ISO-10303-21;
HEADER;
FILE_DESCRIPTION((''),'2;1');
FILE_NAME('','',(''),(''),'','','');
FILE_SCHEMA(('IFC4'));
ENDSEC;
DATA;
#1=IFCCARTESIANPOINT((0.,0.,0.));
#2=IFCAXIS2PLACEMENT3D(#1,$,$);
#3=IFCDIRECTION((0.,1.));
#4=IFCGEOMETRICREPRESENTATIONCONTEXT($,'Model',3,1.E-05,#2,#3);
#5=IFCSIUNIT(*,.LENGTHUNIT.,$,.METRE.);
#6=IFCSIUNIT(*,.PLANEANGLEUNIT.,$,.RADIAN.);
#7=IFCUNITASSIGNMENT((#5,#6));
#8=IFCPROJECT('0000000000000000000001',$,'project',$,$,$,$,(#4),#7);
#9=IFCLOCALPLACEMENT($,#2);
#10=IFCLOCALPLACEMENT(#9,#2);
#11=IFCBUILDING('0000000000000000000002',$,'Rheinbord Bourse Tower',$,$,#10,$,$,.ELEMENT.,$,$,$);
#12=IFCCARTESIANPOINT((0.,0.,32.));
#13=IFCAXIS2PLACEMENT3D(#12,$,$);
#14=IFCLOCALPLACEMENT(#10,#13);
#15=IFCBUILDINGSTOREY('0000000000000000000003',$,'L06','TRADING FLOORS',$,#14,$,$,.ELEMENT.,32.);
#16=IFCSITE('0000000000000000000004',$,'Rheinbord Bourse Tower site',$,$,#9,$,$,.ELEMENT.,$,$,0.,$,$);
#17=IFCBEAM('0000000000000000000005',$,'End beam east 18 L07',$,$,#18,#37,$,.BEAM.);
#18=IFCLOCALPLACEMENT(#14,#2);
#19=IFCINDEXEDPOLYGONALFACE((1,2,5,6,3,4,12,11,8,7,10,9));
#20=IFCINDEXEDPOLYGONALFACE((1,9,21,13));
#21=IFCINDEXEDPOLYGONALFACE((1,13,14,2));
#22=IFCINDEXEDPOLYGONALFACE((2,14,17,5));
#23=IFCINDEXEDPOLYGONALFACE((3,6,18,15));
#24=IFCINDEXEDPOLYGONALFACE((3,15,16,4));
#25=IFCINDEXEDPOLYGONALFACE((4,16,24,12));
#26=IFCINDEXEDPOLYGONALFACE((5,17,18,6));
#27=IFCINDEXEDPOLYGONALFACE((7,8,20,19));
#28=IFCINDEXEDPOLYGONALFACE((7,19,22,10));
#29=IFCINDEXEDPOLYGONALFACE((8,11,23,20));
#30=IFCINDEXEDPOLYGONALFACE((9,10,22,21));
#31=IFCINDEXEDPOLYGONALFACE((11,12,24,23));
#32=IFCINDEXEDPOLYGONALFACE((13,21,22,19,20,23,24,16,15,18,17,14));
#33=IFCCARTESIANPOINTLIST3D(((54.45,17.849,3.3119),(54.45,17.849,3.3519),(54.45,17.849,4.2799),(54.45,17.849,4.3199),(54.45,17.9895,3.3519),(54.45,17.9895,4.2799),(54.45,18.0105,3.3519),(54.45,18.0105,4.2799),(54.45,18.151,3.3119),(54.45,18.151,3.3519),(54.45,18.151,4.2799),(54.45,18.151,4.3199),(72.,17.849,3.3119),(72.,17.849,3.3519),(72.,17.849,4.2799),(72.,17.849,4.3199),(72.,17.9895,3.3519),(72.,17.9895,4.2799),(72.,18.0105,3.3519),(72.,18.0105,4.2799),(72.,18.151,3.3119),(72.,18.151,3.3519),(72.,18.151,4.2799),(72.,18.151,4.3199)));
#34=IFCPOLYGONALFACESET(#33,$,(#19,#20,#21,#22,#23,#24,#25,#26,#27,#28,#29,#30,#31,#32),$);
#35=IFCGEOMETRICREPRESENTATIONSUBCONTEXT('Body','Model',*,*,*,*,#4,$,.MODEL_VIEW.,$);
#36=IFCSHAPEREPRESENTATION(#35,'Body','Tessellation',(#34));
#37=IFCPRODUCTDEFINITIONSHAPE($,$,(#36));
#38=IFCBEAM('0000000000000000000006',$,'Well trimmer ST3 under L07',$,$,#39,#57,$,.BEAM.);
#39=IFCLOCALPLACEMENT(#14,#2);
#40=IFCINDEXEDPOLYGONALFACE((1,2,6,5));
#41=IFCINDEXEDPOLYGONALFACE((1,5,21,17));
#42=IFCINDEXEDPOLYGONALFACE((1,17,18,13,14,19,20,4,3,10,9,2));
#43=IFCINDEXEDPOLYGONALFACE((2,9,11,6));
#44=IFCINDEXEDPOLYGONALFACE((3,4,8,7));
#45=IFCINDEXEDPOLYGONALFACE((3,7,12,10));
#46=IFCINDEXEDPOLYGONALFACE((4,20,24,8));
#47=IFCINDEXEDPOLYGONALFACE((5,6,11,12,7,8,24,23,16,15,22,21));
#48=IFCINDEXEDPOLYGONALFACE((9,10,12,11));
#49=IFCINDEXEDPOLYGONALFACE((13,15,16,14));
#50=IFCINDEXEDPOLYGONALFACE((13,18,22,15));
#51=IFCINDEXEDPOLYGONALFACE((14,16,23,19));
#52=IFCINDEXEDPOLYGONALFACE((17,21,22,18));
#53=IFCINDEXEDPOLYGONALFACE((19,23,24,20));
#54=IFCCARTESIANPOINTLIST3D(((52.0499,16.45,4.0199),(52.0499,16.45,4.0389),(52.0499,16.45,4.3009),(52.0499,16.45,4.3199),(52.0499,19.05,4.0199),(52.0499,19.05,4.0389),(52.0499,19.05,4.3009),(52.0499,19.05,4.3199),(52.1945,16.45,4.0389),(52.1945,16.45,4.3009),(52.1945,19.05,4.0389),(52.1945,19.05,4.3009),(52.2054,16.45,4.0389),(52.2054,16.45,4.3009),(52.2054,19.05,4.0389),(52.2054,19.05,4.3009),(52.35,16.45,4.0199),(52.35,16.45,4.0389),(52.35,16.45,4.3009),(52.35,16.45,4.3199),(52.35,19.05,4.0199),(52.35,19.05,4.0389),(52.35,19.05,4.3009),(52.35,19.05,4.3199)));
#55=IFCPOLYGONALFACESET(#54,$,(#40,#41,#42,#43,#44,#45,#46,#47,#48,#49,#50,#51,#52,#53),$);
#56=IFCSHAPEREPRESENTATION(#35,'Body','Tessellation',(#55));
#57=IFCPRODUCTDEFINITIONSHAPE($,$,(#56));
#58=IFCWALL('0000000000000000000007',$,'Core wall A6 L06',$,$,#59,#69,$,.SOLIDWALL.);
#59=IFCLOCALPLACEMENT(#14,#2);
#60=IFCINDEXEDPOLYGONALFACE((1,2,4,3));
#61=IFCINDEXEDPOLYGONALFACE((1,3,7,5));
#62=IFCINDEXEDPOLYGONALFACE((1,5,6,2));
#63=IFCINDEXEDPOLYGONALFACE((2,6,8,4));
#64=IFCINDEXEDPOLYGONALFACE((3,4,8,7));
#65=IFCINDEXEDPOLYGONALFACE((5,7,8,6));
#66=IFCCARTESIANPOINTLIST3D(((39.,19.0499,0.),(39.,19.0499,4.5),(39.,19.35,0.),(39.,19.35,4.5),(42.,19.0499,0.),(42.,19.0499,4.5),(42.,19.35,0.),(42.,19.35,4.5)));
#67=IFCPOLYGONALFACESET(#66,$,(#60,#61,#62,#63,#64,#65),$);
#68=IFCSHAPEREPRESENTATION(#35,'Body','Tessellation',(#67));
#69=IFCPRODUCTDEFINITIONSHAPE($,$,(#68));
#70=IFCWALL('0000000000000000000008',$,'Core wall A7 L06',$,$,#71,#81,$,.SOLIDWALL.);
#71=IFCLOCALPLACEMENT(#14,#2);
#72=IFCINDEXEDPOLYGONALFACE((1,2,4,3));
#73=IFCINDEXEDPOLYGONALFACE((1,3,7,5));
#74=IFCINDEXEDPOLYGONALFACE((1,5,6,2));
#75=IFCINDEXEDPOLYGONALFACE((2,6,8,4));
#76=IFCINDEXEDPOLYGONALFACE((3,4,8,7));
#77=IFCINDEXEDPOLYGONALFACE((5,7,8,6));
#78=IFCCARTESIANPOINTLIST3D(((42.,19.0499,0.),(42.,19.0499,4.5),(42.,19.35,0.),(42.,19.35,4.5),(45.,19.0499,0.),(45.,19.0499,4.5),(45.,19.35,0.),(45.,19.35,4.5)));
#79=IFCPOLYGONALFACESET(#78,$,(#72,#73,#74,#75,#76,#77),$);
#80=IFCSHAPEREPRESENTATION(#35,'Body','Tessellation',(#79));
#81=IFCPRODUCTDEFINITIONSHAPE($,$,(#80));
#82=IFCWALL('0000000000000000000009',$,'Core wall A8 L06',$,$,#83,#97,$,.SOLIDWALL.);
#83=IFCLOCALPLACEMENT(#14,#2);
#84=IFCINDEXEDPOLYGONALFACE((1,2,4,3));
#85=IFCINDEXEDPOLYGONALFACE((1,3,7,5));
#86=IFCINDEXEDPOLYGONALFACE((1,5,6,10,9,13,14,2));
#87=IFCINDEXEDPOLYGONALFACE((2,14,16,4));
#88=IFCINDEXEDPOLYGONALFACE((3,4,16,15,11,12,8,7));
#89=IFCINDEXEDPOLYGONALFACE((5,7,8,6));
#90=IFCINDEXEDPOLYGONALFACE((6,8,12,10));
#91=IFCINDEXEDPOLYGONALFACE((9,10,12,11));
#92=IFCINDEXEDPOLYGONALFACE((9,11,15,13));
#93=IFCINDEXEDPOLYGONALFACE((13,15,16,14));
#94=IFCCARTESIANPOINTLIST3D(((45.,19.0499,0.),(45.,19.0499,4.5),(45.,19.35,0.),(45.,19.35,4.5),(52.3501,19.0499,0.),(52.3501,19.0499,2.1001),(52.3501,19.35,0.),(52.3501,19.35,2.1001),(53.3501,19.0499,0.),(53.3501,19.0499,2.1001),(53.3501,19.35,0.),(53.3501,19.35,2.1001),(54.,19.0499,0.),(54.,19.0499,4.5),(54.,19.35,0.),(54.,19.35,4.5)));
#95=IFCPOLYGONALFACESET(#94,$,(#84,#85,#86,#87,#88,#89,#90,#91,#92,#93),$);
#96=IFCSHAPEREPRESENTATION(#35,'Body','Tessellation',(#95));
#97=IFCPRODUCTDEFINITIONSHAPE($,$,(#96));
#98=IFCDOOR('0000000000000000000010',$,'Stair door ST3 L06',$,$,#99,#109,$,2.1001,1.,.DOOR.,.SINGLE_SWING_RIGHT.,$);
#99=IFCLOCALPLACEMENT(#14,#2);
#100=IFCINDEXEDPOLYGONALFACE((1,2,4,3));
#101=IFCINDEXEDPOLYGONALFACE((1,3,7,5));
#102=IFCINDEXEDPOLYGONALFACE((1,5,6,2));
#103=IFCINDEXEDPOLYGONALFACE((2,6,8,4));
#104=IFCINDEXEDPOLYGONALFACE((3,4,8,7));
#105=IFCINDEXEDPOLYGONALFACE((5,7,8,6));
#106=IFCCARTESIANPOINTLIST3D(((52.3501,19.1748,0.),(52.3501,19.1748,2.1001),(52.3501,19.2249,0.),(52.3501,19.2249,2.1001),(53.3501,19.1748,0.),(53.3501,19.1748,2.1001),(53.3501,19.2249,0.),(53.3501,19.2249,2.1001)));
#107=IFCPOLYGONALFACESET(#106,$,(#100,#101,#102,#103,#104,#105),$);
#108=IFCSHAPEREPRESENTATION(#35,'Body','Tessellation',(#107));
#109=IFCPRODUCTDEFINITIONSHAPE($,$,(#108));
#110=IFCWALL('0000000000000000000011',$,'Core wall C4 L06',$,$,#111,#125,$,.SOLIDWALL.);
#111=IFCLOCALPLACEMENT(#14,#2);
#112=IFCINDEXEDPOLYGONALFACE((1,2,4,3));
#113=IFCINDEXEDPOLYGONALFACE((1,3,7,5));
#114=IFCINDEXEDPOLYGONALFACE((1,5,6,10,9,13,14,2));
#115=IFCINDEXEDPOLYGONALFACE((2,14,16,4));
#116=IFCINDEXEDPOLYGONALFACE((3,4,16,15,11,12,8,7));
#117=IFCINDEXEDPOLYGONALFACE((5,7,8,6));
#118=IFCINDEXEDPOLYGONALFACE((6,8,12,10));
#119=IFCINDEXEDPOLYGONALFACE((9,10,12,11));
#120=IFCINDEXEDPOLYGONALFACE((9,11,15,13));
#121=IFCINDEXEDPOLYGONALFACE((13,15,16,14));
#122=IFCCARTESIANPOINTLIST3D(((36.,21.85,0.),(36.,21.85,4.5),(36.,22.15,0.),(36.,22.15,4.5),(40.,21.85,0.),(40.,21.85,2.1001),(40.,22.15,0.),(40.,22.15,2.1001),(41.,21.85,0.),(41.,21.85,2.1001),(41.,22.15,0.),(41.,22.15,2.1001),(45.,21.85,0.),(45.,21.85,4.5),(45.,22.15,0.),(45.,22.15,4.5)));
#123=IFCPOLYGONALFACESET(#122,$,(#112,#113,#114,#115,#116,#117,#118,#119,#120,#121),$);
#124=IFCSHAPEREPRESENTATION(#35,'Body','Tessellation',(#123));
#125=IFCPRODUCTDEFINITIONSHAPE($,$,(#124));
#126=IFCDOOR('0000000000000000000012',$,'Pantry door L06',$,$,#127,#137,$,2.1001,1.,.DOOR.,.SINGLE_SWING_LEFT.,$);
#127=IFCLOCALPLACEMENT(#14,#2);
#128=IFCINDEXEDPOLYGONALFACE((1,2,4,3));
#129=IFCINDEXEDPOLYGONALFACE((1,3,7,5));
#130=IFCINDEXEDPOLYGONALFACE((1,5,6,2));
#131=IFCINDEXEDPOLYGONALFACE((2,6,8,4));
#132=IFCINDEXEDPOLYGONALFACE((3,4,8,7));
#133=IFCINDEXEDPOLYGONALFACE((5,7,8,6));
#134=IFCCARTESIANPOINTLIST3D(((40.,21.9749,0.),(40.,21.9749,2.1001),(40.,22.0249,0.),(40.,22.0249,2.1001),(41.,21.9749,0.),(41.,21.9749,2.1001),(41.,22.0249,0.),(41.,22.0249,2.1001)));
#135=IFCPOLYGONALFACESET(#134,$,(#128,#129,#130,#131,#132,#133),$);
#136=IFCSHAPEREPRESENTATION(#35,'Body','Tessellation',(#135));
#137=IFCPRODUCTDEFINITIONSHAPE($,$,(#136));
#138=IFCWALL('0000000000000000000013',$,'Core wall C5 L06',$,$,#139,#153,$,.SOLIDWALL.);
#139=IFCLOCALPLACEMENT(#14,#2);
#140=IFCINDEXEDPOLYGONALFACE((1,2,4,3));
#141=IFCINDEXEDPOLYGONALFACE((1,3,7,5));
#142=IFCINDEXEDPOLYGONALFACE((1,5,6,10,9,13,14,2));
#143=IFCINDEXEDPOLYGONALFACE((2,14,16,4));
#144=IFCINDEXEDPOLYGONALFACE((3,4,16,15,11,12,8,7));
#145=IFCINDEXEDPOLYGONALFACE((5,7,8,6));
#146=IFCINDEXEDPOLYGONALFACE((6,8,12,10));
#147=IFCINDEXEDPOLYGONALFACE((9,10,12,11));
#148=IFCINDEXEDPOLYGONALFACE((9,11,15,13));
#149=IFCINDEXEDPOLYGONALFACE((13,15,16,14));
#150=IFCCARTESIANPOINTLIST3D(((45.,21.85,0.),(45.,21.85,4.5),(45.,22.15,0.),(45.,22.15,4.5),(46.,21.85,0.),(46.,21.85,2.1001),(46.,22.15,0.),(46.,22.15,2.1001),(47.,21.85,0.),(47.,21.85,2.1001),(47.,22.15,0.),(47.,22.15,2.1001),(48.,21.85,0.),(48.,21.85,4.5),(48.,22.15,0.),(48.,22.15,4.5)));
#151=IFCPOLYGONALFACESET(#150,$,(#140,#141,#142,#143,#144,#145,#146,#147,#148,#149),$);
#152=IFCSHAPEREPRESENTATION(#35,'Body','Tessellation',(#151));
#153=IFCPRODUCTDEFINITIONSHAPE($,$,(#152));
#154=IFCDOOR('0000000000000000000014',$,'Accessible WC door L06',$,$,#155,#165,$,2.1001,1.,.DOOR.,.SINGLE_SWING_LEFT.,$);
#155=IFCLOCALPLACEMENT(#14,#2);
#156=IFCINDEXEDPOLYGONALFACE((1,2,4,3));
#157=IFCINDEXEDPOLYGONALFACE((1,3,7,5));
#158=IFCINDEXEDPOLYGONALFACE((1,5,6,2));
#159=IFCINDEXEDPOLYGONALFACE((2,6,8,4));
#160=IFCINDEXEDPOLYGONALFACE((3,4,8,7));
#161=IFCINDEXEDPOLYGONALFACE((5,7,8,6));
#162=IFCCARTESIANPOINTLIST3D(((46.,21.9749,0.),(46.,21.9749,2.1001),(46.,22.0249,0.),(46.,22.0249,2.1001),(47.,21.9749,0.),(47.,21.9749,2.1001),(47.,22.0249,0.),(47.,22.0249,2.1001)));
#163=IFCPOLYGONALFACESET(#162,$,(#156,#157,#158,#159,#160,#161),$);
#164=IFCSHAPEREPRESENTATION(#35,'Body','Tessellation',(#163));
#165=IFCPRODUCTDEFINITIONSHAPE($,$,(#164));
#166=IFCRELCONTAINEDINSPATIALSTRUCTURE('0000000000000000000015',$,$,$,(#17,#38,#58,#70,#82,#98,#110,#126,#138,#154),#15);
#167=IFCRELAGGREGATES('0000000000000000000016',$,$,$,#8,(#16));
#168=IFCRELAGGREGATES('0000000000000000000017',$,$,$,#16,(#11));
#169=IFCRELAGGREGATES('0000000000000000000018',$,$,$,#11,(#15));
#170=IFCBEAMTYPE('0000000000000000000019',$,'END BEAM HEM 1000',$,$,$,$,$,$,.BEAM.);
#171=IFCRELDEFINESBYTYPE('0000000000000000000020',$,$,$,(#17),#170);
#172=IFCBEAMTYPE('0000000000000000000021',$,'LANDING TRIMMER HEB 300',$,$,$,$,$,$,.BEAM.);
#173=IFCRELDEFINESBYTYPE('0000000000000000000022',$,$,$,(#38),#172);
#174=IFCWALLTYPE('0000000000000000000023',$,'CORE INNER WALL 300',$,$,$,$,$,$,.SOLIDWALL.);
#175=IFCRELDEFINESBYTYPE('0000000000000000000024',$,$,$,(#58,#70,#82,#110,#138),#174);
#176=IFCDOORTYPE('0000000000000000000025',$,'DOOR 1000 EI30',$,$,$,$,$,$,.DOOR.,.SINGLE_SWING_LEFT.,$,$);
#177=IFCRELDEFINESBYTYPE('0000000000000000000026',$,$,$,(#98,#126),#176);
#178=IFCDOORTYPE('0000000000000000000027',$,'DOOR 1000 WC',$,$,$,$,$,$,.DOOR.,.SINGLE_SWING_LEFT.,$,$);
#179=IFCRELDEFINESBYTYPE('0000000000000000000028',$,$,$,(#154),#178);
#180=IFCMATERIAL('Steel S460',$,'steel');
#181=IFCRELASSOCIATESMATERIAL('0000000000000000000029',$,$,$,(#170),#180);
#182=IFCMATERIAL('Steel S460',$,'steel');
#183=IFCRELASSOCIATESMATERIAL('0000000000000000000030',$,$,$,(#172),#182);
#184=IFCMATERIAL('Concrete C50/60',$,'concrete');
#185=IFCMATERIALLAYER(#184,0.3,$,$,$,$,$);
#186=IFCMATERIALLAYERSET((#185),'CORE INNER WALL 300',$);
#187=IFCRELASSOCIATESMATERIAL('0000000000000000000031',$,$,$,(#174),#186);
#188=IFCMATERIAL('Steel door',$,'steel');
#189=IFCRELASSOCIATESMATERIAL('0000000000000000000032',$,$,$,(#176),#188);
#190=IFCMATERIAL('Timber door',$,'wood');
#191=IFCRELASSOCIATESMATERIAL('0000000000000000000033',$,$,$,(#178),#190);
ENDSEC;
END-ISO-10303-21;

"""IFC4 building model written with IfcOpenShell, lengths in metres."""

from ifc_helpers import new_model, si_unit, direction, frame, frame_2d, origin, origin_2d, place, context, subcontext, project, spatial, rectangle, i_section, extrude, material, layer, layer_set, material_profile, profile_set, type_object, element, fill, save


model = new_model("IFC4")

# Units and contexts
model_context = context("Model", 3, precision=1e-05, world=origin(), true_north=direction((0.0, 1.0)))
body_context = subcontext(model_context, "Body", "Model", "MODEL_VIEW")
ifc_project = project(units=[si_unit("LENGTHUNIT", "METRE"), si_unit("PLANEANGLEUNIT", "RADIAN")], contexts=[model_context])

# Site, building, storey
site_placement = place(None, origin())
site = spatial("IfcSite", under=ifc_project, at=site_placement, Name="Rheinbord Bourse Tower site", CompositionType="ELEMENT", RefElevation=0.0)
building_placement = place(site_placement, origin())
building = spatial("IfcBuilding", under=site, at=building_placement, Name="Rheinbord Bourse Tower", CompositionType="ELEMENT")
storey_placement = place(building_placement, frame((0.0, 0.0, 32.0)))
storey = spatial("IfcBuildingStorey", under=building, at=storey_placement, Name="L06", Description="TRADING FLOORS", CompositionType="ELEMENT", Elevation=32.0)

# Beams
ifc_material_1 = material(Name="Steel S460", Category="steel")
ifc_material_profile_1 = material_profile(ifc_material_1, i_section(OverallWidth=0.302, OverallDepth=1.0081, WebThickness=0.021, FlangeThickness=0.04, at=origin_2d()), Name="HEM 1000")
ifc_profile_set_1 = profile_set([ifc_material_profile_1], Name="Steel S460")
beam_type_1 = type_object("IfcBeamType", Name="END BEAM HEM 1000", PredefinedType="BEAM", material=ifc_profile_set_1)
beam_1_placement = place(storey_placement, frame((54.45, 18.0, 3.8159), z_axis=(1.0, 0.0, 0.0), x_axis=(0.0, 1.0, 0.0)))
element("IfcBeam", 1, at=beam_1_placement, inside=storey, type_object=beam_type_1, Name="End beam east 18 L07", PredefinedType="BEAM", context=body_context, shape_type="SweptSolid", body=[
    extrude(i_section(OverallWidth=0.302, OverallDepth=1.0081, WebThickness=0.021, FlangeThickness=0.04, at=origin_2d()), origin(), (0.0, 0.0, 1.0), 17.55),
])
ifc_material_2 = material(Name="Steel S460", Category="steel")
ifc_material_profile_2 = material_profile(ifc_material_2, i_section(OverallWidth=0.3, OverallDepth=0.3, WebThickness=0.011, FlangeThickness=0.019, at=origin_2d()), Name="HEB 300")
ifc_profile_set_2 = profile_set([ifc_material_profile_2], Name="Steel S460")
beam_type_2 = type_object("IfcBeamType", Name="LANDING TRIMMER HEB 300", PredefinedType="BEAM", material=ifc_profile_set_2)
beam_2_placement = place(storey_placement, frame((52.2, 16.45, 4.1699), z_axis=(0.0, 1.0, 0.0), x_axis=(-1.0, 0.0, 0.0)))
element("IfcBeam", 2, at=beam_2_placement, inside=storey, type_object=beam_type_2, Name="Well trimmer ST3 under L07", PredefinedType="BEAM", context=body_context, shape_type="SweptSolid", body=[
    extrude(i_section(OverallWidth=0.3, OverallDepth=0.3, WebThickness=0.011, FlangeThickness=0.019, at=origin_2d()), origin(), (0.0, 0.0, 1.0), 2.6001),
])

# Walls
ifc_material_3 = material(Name="Concrete C50/60", Category="concrete")
ifc_layer_1 = layer(ifc_material_3, 0.3)
ifc_layer_set_1 = layer_set([ifc_layer_1], Name="CORE INNER WALL 300")
wall_type_1 = type_object("IfcWallType", Name="CORE INNER WALL 300", PredefinedType="SOLIDWALL", material=ifc_layer_set_1)
for number, where, z_axis, x_axis, name in (
    (3, (39.0, 19.2, 0.0), (0.0, 0.0, 1.0), (1.0, 0.0, 0.0), "Core wall A6 L06"),
    (4, (42.0, 19.2, 0.0), (0.0, 0.0, 1.0), (1.0, 0.0, 0.0), "Core wall A7 L06"),
):
    element("IfcWall", number, at=place(storey_placement, frame(where, z_axis=z_axis, x_axis=x_axis)), inside=storey, type_object=wall_type_1, Name=name, PredefinedType="SOLIDWALL", context=body_context, shape_type="SweptSolid", body=[
        extrude(rectangle(XDim=3.0, YDim=0.3, at=frame_2d((1.5, 0.0))), origin(), (0.0, 0.0, 1.0), 4.5),
    ])

# Walls, openings, doors
wall_1_placement = place(storey_placement, frame((45.0, 19.2, 0.0), z_axis=(0.0, 0.0, 1.0), x_axis=(1.0, 0.0, 0.0)))
wall_1 = element("IfcWall", 5, at=wall_1_placement, inside=storey, type_object=wall_type_1, Name="Core wall A8 L06", PredefinedType="SOLIDWALL", context=body_context, shape_type="SweptSolid", body=[
    extrude(rectangle(XDim=9.0, YDim=0.3, at=frame_2d((4.5, 0.0))), origin(), (0.0, 0.0, 1.0), 4.5),
])
opening_1_placement = place(wall_1_placement, frame((7.3501, 0.0, 0.0)))
opening_1 = element("IfcOpeningElement", 6, at=opening_1_placement, cuts=wall_1, PredefinedType="OPENING", context=body_context, shape_type="SweptSolid", body=[
    extrude(rectangle(XDim=1.0, YDim=2.1001, at=frame_2d((0.5, 1.05))), frame((0.0, 0.1599, 0.0), z_axis=(0.0, -1.0, 0.0), x_axis=(1.0, 0.0, 0.0)), (0.0, 0.0, 1.0), 0.3201),
])
ifc_material_4 = material(Name="Steel door", Category="steel")
door_type_1 = type_object("IfcDoorType", Name="DOOR 1000 EI30", OperationType="SINGLE_SWING_LEFT", PredefinedType="DOOR", material=ifc_material_4)
door_1_placement = place(opening_1_placement, origin())
door_1 = element("IfcDoor", 7, at=door_1_placement, inside=storey, type_object=door_type_1, Name="Stair door ST3 L06", OperationType="SINGLE_SWING_RIGHT", OverallHeight=2.1001, OverallWidth=1.0, PredefinedType="DOOR", context=body_context, shape_type="SweptSolid", body=[
    extrude(rectangle(XDim=1.0, YDim=2.1001, at=frame_2d((0.5, 1.05))), frame((0.0, 0.0249, 0.0), z_axis=(0.0, -1.0, 0.0), x_axis=(1.0, 0.0, 0.0)), (0.0, 0.0, 1.0), 0.05),
])
fill(opening_1, door_1)
wall_2_placement = place(storey_placement, frame((36.0, 22.0, 0.0), z_axis=(0.0, 0.0, 1.0), x_axis=(1.0, 0.0, 0.0)))
wall_2 = element("IfcWall", 8, at=wall_2_placement, inside=storey, type_object=wall_type_1, Name="Core wall C4 L06", PredefinedType="SOLIDWALL", context=body_context, shape_type="SweptSolid", body=[
    extrude(rectangle(XDim=9.0, YDim=0.3, at=frame_2d((4.5, 0.0))), origin(), (0.0, 0.0, 1.0), 4.5),
])
opening_2_placement = place(wall_2_placement, frame((4.0, 0.0, 0.0)))
opening_2 = element("IfcOpeningElement", 9, at=opening_2_placement, cuts=wall_2, PredefinedType="OPENING", context=body_context, shape_type="SweptSolid", body=[
    extrude(rectangle(XDim=1.0, YDim=2.1001, at=frame_2d((0.5, 1.05))), frame((0.0, 0.1599, 0.0), z_axis=(0.0, -1.0, 0.0), x_axis=(1.0, 0.0, 0.0)), (0.0, 0.0, 1.0), 0.3201),
])
door_2_placement = place(opening_2_placement, origin())
door_2 = element("IfcDoor", 10, at=door_2_placement, inside=storey, type_object=door_type_1, Name="Pantry door L06", OperationType="SINGLE_SWING_LEFT", OverallHeight=2.1001, OverallWidth=1.0, PredefinedType="DOOR", context=body_context, shape_type="SweptSolid", body=[
    extrude(rectangle(XDim=1.0, YDim=2.1001, at=frame_2d((0.5, 1.05))), frame((0.0, 0.0249, 0.0), z_axis=(0.0, -1.0, 0.0), x_axis=(1.0, 0.0, 0.0)), (0.0, 0.0, 1.0), 0.05),
])
fill(opening_2, door_2)
wall_3_placement = place(storey_placement, frame((45.0, 22.0, 0.0), z_axis=(0.0, 0.0, 1.0), x_axis=(1.0, 0.0, 0.0)))
wall_3 = element("IfcWall", 11, at=wall_3_placement, inside=storey, type_object=wall_type_1, Name="Core wall C5 L06", PredefinedType="SOLIDWALL", context=body_context, shape_type="SweptSolid", body=[
    extrude(rectangle(XDim=3.0, YDim=0.3, at=frame_2d((1.5, 0.0))), origin(), (0.0, 0.0, 1.0), 4.5),
])
opening_3_placement = place(wall_3_placement, frame((1.0, 0.0, 0.0)))
opening_3 = element("IfcOpeningElement", 12, at=opening_3_placement, cuts=wall_3, PredefinedType="OPENING", context=body_context, shape_type="SweptSolid", body=[
    extrude(rectangle(XDim=1.0, YDim=2.1001, at=frame_2d((0.5, 1.05))), frame((0.0, 0.1599, 0.0), z_axis=(0.0, -1.0, 0.0), x_axis=(1.0, 0.0, 0.0)), (0.0, 0.0, 1.0), 0.3201),
])
ifc_material_5 = material(Name="Timber door", Category="wood")
door_type_2 = type_object("IfcDoorType", Name="DOOR 1000 WC", OperationType="SINGLE_SWING_LEFT", PredefinedType="DOOR", material=ifc_material_5)
door_3_placement = place(opening_3_placement, origin())
door_3 = element("IfcDoor", 13, at=door_3_placement, inside=storey, type_object=door_type_2, Name="Accessible WC door L06", OperationType="SINGLE_SWING_LEFT", OverallHeight=2.1001, OverallWidth=1.0, PredefinedType="DOOR", context=body_context, shape_type="SweptSolid", body=[
    extrude(rectangle(XDim=1.0, YDim=2.1001, at=frame_2d((0.5, 1.05))), frame((0.0, 0.0249, 0.0), z_axis=(0.0, -1.0, 0.0), x_axis=(1.0, 0.0, 0.0)), (0.0, 0.0, 1.0), 0.05),
])
fill(opening_3, door_3)

save(model, "model.ifc")
